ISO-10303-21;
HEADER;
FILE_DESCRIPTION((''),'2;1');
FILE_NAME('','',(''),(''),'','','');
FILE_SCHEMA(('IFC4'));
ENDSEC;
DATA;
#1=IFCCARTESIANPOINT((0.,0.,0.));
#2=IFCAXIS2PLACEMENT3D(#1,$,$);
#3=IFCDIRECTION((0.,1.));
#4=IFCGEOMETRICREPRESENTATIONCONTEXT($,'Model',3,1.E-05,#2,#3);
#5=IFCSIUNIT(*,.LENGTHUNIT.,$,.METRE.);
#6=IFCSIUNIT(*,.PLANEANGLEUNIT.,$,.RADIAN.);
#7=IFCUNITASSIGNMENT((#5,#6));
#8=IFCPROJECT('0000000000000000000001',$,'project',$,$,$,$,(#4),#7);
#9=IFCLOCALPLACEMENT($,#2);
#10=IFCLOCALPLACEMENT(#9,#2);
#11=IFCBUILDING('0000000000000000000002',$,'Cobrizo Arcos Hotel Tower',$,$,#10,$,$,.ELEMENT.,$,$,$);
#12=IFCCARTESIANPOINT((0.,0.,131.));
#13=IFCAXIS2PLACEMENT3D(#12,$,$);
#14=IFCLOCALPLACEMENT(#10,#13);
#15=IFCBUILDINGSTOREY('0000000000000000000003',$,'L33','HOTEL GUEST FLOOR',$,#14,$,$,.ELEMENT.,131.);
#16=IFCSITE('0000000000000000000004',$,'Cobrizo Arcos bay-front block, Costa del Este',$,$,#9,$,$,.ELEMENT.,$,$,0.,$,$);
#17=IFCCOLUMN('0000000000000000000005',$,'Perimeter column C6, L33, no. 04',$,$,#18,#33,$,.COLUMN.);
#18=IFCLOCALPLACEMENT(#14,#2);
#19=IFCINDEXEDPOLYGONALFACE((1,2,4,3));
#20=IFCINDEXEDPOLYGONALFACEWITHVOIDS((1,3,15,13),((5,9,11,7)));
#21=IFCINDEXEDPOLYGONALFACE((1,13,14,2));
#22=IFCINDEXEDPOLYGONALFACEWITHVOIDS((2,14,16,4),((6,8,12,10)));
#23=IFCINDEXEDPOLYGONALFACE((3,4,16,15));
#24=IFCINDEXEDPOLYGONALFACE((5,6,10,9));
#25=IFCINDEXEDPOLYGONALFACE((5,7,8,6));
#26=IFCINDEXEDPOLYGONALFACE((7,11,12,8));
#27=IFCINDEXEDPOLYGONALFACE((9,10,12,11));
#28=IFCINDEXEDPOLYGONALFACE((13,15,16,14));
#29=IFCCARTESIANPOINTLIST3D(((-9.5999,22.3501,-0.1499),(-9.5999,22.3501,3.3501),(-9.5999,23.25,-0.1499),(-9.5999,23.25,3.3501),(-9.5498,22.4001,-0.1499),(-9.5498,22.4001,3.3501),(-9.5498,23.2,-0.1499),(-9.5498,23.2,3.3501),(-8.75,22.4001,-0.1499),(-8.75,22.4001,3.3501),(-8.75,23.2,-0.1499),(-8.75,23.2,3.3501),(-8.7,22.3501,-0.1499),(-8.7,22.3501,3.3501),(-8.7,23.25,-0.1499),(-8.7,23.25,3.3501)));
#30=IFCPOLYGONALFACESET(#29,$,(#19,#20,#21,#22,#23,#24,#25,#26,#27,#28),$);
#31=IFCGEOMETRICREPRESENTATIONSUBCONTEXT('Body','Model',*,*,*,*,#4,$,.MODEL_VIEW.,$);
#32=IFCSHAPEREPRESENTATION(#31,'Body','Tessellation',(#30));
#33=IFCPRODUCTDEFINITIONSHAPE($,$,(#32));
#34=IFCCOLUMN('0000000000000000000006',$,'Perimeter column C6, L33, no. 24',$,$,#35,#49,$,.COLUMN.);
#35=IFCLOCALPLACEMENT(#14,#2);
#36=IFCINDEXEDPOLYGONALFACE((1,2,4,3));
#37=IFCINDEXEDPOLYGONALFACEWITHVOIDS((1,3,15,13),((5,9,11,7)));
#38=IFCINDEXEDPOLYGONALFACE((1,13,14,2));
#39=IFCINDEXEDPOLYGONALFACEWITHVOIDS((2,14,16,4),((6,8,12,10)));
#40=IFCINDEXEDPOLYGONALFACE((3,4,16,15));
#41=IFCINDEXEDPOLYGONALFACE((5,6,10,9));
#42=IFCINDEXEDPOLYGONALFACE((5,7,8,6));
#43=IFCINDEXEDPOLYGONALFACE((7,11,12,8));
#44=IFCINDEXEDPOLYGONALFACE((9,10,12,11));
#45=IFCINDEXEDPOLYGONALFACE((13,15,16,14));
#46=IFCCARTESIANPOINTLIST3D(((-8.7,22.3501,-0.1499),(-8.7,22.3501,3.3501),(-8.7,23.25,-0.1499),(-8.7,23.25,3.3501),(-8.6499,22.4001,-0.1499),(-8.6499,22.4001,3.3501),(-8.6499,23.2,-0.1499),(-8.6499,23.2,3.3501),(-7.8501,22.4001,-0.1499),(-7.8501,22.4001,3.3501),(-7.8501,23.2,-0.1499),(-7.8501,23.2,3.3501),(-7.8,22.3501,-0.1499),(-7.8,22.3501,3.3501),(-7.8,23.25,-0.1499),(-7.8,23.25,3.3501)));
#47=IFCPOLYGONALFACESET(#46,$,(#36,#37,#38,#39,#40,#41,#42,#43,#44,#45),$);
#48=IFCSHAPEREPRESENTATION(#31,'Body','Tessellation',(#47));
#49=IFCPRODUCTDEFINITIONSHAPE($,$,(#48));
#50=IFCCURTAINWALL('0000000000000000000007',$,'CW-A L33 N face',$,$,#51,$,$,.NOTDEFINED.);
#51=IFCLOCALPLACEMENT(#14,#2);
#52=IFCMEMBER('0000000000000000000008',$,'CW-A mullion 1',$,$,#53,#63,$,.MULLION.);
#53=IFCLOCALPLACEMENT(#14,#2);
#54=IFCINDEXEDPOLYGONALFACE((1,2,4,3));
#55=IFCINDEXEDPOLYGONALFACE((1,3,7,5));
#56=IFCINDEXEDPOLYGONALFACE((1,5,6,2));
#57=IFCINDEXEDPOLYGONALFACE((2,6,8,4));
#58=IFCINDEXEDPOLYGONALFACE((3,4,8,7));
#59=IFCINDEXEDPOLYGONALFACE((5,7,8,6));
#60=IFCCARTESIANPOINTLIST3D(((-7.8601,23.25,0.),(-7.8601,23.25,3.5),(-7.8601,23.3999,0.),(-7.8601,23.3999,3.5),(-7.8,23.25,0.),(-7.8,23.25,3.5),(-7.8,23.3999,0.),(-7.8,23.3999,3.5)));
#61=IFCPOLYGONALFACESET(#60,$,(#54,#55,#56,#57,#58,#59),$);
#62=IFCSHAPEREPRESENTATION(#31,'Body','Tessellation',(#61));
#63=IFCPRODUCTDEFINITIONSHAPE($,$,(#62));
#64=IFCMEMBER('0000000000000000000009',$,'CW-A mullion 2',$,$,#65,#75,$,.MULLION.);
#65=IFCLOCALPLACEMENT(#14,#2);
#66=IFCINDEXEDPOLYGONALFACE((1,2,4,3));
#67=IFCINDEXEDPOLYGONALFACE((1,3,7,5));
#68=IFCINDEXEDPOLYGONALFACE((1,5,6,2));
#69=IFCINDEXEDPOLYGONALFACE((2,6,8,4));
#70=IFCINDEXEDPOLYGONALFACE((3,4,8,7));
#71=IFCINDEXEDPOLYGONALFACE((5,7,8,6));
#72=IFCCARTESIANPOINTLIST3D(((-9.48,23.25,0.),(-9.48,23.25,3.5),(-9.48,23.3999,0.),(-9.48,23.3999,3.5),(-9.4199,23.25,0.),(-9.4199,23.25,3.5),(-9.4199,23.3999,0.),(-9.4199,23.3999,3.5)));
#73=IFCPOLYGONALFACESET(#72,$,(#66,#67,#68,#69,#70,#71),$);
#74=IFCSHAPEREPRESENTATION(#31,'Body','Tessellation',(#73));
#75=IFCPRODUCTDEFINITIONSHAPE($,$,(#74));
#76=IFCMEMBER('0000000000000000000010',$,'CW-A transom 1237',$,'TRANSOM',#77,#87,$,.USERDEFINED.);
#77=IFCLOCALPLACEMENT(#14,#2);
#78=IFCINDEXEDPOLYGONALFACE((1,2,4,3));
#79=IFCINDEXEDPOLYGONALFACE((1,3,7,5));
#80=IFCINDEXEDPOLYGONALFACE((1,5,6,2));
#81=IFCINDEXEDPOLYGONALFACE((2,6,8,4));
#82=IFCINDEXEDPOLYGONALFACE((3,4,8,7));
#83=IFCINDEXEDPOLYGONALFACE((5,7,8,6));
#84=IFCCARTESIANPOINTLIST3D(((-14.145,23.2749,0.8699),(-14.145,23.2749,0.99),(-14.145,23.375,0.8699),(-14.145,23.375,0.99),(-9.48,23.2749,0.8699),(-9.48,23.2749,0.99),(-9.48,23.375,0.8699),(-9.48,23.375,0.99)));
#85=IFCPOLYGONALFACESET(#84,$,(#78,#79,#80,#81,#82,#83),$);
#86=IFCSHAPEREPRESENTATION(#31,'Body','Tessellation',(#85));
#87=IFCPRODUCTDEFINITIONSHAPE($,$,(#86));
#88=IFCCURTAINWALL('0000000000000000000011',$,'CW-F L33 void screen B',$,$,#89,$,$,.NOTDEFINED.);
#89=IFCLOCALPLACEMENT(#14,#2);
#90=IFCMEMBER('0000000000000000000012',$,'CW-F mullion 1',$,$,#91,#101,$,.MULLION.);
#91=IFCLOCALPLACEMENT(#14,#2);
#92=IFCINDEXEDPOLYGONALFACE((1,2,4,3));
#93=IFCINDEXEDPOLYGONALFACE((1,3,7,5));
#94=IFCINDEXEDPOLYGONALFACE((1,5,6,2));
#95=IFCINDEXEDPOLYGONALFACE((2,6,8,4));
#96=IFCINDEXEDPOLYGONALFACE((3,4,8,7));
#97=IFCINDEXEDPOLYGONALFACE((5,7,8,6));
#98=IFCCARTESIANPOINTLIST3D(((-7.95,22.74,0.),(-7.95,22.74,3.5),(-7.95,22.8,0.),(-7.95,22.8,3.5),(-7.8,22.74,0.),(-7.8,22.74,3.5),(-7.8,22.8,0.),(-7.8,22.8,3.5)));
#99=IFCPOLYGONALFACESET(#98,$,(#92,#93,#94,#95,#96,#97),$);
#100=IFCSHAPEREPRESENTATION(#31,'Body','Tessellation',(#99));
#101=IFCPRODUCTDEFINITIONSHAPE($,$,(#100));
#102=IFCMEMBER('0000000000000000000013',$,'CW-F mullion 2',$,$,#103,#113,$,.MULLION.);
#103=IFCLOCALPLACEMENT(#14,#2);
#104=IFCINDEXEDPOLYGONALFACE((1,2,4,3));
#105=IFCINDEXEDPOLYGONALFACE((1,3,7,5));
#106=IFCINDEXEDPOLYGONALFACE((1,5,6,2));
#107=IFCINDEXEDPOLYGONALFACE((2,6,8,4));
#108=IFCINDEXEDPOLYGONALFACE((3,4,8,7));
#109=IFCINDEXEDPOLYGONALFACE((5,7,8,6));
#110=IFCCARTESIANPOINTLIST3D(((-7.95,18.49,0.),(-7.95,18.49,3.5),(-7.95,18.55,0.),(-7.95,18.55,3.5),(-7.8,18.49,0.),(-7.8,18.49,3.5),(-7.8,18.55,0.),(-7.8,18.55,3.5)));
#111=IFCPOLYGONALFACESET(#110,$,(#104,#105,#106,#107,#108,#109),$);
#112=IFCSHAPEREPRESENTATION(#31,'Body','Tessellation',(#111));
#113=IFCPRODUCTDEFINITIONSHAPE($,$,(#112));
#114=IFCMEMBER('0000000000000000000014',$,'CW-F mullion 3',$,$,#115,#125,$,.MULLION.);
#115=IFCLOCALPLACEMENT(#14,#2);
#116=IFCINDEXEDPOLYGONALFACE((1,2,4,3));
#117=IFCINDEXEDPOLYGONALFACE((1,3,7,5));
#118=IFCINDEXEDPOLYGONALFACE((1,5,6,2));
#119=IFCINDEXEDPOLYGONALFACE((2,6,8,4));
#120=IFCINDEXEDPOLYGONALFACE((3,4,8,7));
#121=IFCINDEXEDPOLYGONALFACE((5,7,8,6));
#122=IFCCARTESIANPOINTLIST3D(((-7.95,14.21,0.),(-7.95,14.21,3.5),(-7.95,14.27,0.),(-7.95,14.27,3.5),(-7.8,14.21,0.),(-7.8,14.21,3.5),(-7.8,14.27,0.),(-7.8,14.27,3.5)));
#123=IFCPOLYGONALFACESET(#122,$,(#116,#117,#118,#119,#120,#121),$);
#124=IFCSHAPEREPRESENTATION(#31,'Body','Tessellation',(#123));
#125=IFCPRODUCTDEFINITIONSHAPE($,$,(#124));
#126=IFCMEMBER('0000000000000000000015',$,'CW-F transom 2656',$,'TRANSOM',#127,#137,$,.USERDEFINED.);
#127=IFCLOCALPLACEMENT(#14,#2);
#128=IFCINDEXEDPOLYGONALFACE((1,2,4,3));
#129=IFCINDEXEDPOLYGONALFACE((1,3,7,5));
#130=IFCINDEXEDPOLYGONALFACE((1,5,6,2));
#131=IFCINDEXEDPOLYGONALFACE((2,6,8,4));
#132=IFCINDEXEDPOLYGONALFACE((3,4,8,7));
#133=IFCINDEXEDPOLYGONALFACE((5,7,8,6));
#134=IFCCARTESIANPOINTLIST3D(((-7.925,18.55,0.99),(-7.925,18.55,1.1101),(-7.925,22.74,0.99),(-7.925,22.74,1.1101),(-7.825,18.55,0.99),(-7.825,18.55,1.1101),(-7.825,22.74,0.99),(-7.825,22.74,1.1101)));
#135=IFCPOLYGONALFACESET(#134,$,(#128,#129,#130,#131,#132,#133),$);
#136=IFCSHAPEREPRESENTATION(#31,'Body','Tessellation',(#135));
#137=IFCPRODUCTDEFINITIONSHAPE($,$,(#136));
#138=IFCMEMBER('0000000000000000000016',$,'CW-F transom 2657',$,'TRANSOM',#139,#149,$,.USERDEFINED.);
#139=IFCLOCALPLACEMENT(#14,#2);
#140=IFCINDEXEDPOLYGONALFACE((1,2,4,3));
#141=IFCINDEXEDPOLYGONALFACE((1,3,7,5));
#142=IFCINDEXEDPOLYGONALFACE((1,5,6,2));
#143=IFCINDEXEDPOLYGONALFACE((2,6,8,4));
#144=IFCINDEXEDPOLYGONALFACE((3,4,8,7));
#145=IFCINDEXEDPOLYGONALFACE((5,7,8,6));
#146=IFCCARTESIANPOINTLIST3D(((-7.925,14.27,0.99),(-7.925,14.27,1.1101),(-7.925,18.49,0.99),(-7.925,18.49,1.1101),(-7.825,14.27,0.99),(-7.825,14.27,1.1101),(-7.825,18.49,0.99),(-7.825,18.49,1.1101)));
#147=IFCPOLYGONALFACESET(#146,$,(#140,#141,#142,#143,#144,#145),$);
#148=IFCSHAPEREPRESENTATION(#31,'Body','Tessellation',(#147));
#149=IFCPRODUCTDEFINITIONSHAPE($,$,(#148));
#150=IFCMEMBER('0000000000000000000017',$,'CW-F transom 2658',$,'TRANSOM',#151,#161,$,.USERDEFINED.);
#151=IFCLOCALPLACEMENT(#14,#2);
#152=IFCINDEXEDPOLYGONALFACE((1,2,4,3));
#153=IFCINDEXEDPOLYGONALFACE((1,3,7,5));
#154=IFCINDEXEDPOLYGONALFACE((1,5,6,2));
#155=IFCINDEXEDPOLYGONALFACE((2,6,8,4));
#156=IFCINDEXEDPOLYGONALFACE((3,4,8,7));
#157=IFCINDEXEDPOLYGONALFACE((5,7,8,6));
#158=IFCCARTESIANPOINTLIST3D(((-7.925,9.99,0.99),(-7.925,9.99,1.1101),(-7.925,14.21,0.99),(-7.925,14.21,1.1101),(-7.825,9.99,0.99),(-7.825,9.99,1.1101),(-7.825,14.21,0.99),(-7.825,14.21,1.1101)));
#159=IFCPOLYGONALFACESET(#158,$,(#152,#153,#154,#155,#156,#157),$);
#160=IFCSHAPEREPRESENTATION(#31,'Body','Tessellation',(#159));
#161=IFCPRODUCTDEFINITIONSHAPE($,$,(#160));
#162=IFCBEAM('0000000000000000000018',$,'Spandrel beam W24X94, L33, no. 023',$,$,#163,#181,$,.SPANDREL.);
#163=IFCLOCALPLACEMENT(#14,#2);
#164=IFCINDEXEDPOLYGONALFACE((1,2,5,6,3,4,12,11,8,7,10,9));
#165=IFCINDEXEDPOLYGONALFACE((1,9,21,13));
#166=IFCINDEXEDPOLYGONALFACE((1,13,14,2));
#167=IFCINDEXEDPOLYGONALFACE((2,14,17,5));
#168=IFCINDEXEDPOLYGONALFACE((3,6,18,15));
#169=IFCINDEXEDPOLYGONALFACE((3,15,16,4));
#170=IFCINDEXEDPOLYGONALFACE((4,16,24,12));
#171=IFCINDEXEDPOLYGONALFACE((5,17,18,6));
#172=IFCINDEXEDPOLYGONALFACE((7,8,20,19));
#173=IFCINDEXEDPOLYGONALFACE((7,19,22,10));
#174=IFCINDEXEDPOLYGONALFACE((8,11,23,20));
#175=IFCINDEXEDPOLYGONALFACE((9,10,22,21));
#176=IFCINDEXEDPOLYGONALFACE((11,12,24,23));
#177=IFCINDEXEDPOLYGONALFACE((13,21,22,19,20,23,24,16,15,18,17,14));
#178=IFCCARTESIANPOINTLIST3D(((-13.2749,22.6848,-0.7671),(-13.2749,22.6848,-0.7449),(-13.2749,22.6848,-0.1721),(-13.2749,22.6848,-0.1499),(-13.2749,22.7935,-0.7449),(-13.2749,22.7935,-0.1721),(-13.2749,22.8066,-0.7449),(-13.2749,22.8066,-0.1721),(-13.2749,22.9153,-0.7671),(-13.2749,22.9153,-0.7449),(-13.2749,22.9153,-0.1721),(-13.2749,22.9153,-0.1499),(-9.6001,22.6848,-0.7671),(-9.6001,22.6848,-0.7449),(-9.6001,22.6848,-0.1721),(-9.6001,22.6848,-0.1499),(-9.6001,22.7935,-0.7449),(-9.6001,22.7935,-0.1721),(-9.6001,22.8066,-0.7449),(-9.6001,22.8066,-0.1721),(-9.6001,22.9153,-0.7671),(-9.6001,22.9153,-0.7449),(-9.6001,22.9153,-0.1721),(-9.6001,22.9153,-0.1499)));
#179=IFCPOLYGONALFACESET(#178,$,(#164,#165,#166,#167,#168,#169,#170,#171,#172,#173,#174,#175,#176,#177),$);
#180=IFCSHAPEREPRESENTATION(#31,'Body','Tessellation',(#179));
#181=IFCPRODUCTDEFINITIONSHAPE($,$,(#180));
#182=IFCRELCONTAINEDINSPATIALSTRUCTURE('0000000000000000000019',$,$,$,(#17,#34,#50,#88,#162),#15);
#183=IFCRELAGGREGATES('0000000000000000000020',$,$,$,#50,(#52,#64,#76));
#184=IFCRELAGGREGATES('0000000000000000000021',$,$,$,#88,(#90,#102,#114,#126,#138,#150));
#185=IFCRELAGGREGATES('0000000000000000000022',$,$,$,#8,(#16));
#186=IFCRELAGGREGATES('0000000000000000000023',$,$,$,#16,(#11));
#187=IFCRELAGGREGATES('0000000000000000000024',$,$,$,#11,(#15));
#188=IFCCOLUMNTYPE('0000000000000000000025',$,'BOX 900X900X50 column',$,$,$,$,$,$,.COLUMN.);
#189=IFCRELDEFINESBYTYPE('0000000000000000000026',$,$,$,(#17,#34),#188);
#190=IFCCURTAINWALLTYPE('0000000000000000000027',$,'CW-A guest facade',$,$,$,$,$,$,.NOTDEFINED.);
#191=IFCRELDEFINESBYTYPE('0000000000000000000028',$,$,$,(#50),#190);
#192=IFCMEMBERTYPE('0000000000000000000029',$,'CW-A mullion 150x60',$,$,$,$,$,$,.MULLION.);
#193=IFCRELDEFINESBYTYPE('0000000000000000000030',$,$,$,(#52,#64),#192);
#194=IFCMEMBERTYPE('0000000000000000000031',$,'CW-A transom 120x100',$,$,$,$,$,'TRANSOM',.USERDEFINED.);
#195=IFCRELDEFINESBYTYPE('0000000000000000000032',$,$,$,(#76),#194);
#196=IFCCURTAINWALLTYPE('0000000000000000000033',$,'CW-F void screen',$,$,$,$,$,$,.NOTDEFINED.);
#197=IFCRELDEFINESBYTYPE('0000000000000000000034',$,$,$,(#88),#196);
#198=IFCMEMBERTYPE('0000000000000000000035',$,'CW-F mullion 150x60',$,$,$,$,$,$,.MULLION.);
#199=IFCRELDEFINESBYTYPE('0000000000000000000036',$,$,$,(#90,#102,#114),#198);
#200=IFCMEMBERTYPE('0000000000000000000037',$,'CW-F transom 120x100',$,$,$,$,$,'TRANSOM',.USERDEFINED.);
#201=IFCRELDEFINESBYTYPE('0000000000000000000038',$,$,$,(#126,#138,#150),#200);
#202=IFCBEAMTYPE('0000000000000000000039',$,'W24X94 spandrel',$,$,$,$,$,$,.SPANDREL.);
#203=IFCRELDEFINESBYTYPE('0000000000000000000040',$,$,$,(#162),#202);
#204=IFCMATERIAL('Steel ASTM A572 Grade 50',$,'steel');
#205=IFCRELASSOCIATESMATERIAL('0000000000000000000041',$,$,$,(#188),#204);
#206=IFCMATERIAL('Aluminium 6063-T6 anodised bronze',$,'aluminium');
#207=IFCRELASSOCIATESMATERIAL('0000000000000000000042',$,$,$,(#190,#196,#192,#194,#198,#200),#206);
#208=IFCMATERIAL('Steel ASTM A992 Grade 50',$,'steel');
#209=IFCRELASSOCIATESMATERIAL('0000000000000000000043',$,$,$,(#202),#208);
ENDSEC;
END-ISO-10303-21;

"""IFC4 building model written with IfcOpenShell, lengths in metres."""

from ifc_helpers import new_model, si_unit, direction, frame, origin, origin_2d, place, context, subcontext, project, spatial, rectangle, hollow_rectangle, i_section, extrude, material, material_profile, profile_set, type_object, element, aggregate, save


model = new_model("IFC4")

# Units and contexts
model_context = context("Model", 3, precision=1e-05, world=origin(), true_north=direction((0.0, 1.0)))
body_context = subcontext(model_context, "Body", "Model", "MODEL_VIEW")
ifc_project = project(units=[si_unit("LENGTHUNIT", "METRE"), si_unit("PLANEANGLEUNIT", "RADIAN")], contexts=[model_context])

# Site, building, storey
site_placement = place(None, origin())
site = spatial("IfcSite", under=ifc_project, at=site_placement, Name="Cobrizo Arcos bay-front block, Costa del Este", CompositionType="ELEMENT", RefElevation=0.0)
building_placement = place(site_placement, origin())
building = spatial("IfcBuilding", under=site, at=building_placement, Name="Cobrizo Arcos Hotel Tower", CompositionType="ELEMENT")
storey_placement = place(building_placement, frame((0.0, 0.0, 131.0)))
storey = spatial("IfcBuildingStorey", under=building, at=storey_placement, Name="L33", Description="HOTEL GUEST FLOOR", CompositionType="ELEMENT", Elevation=131.0)

# Columns
ifc_material_1 = material(Name="Steel ASTM A572 Grade 50", Category="steel")
ifc_material_profile_1 = material_profile(ifc_material_1, hollow_rectangle(XDim=0.8999, YDim=0.8999, WallThickness=0.05, at=origin_2d()), Name="BOX 900X900X50")
ifc_profile_set_1 = profile_set([ifc_material_profile_1], Name="Steel ASTM A572 Grade 50")
column_type = type_object("IfcColumnType", Name="BOX 900X900X50 column", PredefinedType="COLUMN", material=ifc_profile_set_1)
for number, where, z_axis, x_axis, name in (
    (1, (-9.1499, 22.8, -0.1499), (0.0, 0.0, 1.0), (1.0, 0.0, 0.0), "Perimeter column C6, L33, no. 04"),
    (2, (-8.25, 22.8, -0.1499), (0.0, 0.0, 1.0), (1.0, 0.0, 0.0), "Perimeter column C6, L33, no. 24"),
):
    element("IfcColumn", number, at=place(storey_placement, frame(where, z_axis=z_axis, x_axis=x_axis)), inside=storey, type_object=column_type, Name=name, PredefinedType="COLUMN", context=body_context, shape_type="SweptSolid", body=[
        extrude(hollow_rectangle(XDim=0.8999, YDim=0.8999, WallThickness=0.05, at=origin_2d()), origin(), (0.0, 0.0, 1.0), 3.5),
    ])

# Curtain walls, members
ifc_material_2 = material(Name="Aluminium 6063-T6 anodised bronze", Category="aluminium")
curtain_wall_type_1 = type_object("IfcCurtainWallType", Name="CW-A guest facade", PredefinedType="NOTDEFINED", material=ifc_material_2)
curtain_wall_1_placement = place(storey_placement, origin())
curtain_wall_1 = element("IfcCurtainWall", 3, at=curtain_wall_1_placement, inside=storey, type_object=curtain_wall_type_1, Name="CW-A L33 N face", PredefinedType="NOTDEFINED")
ifc_material_profile_2 = material_profile(ifc_material_2, rectangle(XDim=0.1499, YDim=0.0601, at=origin_2d()), Name="CW-A mullion 150x60")
ifc_profile_set_2 = profile_set([ifc_material_profile_2], Name="Aluminium 6063-T6 anodised bronze")
member_type_1 = type_object("IfcMemberType", Name="CW-A mullion 150x60", PredefinedType="MULLION", material=ifc_profile_set_2)
member_1_placement = place(storey_placement, frame((-7.8301, 23.325, 0.0), z_axis=(0.0, 0.0, 1.0), x_axis=(0.0, 1.0, 0.0)))
member_1 = element("IfcMember", 4, at=member_1_placement, type_object=member_type_1, Name="CW-A mullion 1", PredefinedType="MULLION", context=body_context, shape_type="SweptSolid", body=[
    extrude(rectangle(XDim=0.1499, YDim=0.0601, at=origin_2d()), origin(), (0.0, 0.0, 1.0), 3.5),
])
member_2_placement = place(storey_placement, frame((-9.45, 23.325, 0.0), z_axis=(0.0, 0.0, 1.0), x_axis=(0.0, 1.0, 0.0)))
member_2 = element("IfcMember", 5, at=member_2_placement, type_object=member_type_1, Name="CW-A mullion 2", PredefinedType="MULLION", context=body_context, shape_type="SweptSolid", body=[
    extrude(rectangle(XDim=0.1499, YDim=0.0601, at=origin_2d()), origin(), (0.0, 0.0, 1.0), 3.5),
])
ifc_material_profile_3 = material_profile(ifc_material_2, rectangle(XDim=0.1001, YDim=0.1201, at=origin_2d()), Name="CW-A transom 120x100")
ifc_profile_set_3 = profile_set([ifc_material_profile_3], Name="Aluminium 6063-T6 anodised bronze")
member_type_2 = type_object("IfcMemberType", Name="CW-A transom 120x100", ElementType="TRANSOM", PredefinedType="USERDEFINED", material=ifc_profile_set_3)
member_3_placement = place(storey_placement, frame((-9.48, 23.325, 0.9299), z_axis=(-1.0, 0.0, 0.0), x_axis=(0.0, -1.0, 0.0)))
member_3 = element("IfcMember", 6, at=member_3_placement, type_object=member_type_2, Name="CW-A transom 1237", ObjectType="TRANSOM", PredefinedType="USERDEFINED", context=body_context, shape_type="SweptSolid", body=[
    extrude(rectangle(XDim=0.1001, YDim=0.1201, at=origin_2d()), origin(), (0.0, 0.0, 1.0), 4.665),
])
curtain_wall_type_2 = type_object("IfcCurtainWallType", Name="CW-F void screen", PredefinedType="NOTDEFINED", material=ifc_material_2)
curtain_wall_2_placement = place(storey_placement, origin())
curtain_wall_2 = element("IfcCurtainWall", 7, at=curtain_wall_2_placement, inside=storey, type_object=curtain_wall_type_2, Name="CW-F L33 void screen B", PredefinedType="NOTDEFINED")
ifc_material_profile_4 = material_profile(ifc_material_2, rectangle(XDim=0.1499, YDim=0.0601, at=origin_2d()), Name="CW-F mullion 150x60")
ifc_profile_set_4 = profile_set([ifc_material_profile_4], Name="Aluminium 6063-T6 anodised bronze")
member_type_3 = type_object("IfcMemberType", Name="CW-F mullion 150x60", PredefinedType="MULLION", material=ifc_profile_set_4)
member_4_placement = place(storey_placement, frame((-7.875, 22.77, 0.0), z_axis=(0.0, 0.0, 1.0), x_axis=(-1.0, 0.0, 0.0)))
member_4 = element("IfcMember", 8, at=member_4_placement, type_object=member_type_3, Name="CW-F mullion 1", PredefinedType="MULLION", context=body_context, shape_type="SweptSolid", body=[
    extrude(rectangle(XDim=0.1499, YDim=0.0601, at=origin_2d()), origin(), (0.0, 0.0, 1.0), 3.5),
])
member_5_placement = place(storey_placement, frame((-7.875, 18.52, 0.0), z_axis=(0.0, 0.0, 1.0), x_axis=(-1.0, 0.0, 0.0)))
member_5 = element("IfcMember", 9, at=member_5_placement, type_object=member_type_3, Name="CW-F mullion 2", PredefinedType="MULLION", context=body_context, shape_type="SweptSolid", body=[
    extrude(rectangle(XDim=0.1499, YDim=0.0601, at=origin_2d()), origin(), (0.0, 0.0, 1.0), 3.5),
])
member_6_placement = place(storey_placement, frame((-7.875, 14.24, 0.0), z_axis=(0.0, 0.0, 1.0), x_axis=(-1.0, 0.0, 0.0)))
member_6 = element("IfcMember", 10, at=member_6_placement, type_object=member_type_3, Name="CW-F mullion 3", PredefinedType="MULLION", context=body_context, shape_type="SweptSolid", body=[
    extrude(rectangle(XDim=0.1499, YDim=0.0601, at=origin_2d()), origin(), (0.0, 0.0, 1.0), 3.5),
])
ifc_material_profile_5 = material_profile(ifc_material_2, rectangle(XDim=0.1001, YDim=0.1201, at=origin_2d()), Name="CW-F transom 120x100")
ifc_profile_set_5 = profile_set([ifc_material_profile_5], Name="Aluminium 6063-T6 anodised bronze")
member_type_4 = type_object("IfcMemberType", Name="CW-F transom 120x100", ElementType="TRANSOM", PredefinedType="USERDEFINED", material=ifc_profile_set_5)
member_7_placement = place(storey_placement, frame((-7.875, 22.74, 1.05), z_axis=(0.0, -1.0, 0.0), x_axis=(1.0, 0.0, 0.0)))
member_7 = element("IfcMember", 11, at=member_7_placement, type_object=member_type_4, Name="CW-F transom 2656", ObjectType="TRANSOM", PredefinedType="USERDEFINED", context=body_context, shape_type="SweptSolid", body=[
    extrude(rectangle(XDim=0.1001, YDim=0.1201, at=origin_2d()), origin(), (0.0, 0.0, 1.0), 4.1899),
])
member_8_placement = place(storey_placement, frame((-7.875, 18.49, 1.05), z_axis=(0.0, -1.0, 0.0), x_axis=(1.0, 0.0, 0.0)))
member_8 = element("IfcMember", 12, at=member_8_placement, type_object=member_type_4, Name="CW-F transom 2657", ObjectType="TRANSOM", PredefinedType="USERDEFINED", context=body_context, shape_type="SweptSolid", body=[
    extrude(rectangle(XDim=0.1001, YDim=0.1201, at=origin_2d()), origin(), (0.0, 0.0, 1.0), 4.22),
])
member_9_placement = place(storey_placement, frame((-7.875, 14.21, 1.05), z_axis=(0.0, -1.0, 0.0), x_axis=(1.0, 0.0, 0.0)))
member_9 = element("IfcMember", 13, at=member_9_placement, type_object=member_type_4, Name="CW-F transom 2658", ObjectType="TRANSOM", PredefinedType="USERDEFINED", context=body_context, shape_type="SweptSolid", body=[
    extrude(rectangle(XDim=0.1001, YDim=0.1201, at=origin_2d()), origin(), (0.0, 0.0, 1.0), 4.22),
])

# Beam
ifc_material_3 = material(Name="Steel ASTM A992 Grade 50", Category="steel")
ifc_material_profile_6 = material_profile(ifc_material_3, i_section(OverallWidth=0.2305, OverallDepth=0.6172, WebThickness=0.0132, FlangeThickness=0.0222, at=origin_2d()), Name="W24X94")
ifc_profile_set_6 = profile_set([ifc_material_profile_6], Name="Steel ASTM A992 Grade 50")
beam_type = type_object("IfcBeamType", Name="W24X94 spandrel", PredefinedType="SPANDREL", material=ifc_profile_set_6)
beam_1_placement = place(storey_placement, frame((-13.2749, 22.8, -0.4585), z_axis=(1.0, 0.0, 0.0), x_axis=(0.0, 1.0, 0.0)))
element("IfcBeam", 14, at=beam_1_placement, inside=storey, type_object=beam_type, Name="Spandrel beam W24X94, L33, no. 023", PredefinedType="SPANDREL", context=body_context, shape_type="SweptSolid", body=[
    extrude(i_section(OverallWidth=0.2305, OverallDepth=0.6172, WebThickness=0.0132, FlangeThickness=0.0222, at=origin_2d()), origin(), (0.0, 0.0, 1.0), 3.6748),
])

aggregate(curtain_wall_1, [member_1, member_2, member_3])
aggregate(curtain_wall_2, [member_4, member_5, member_6, member_7, member_8, member_9])

save(model, "model.ifc")
